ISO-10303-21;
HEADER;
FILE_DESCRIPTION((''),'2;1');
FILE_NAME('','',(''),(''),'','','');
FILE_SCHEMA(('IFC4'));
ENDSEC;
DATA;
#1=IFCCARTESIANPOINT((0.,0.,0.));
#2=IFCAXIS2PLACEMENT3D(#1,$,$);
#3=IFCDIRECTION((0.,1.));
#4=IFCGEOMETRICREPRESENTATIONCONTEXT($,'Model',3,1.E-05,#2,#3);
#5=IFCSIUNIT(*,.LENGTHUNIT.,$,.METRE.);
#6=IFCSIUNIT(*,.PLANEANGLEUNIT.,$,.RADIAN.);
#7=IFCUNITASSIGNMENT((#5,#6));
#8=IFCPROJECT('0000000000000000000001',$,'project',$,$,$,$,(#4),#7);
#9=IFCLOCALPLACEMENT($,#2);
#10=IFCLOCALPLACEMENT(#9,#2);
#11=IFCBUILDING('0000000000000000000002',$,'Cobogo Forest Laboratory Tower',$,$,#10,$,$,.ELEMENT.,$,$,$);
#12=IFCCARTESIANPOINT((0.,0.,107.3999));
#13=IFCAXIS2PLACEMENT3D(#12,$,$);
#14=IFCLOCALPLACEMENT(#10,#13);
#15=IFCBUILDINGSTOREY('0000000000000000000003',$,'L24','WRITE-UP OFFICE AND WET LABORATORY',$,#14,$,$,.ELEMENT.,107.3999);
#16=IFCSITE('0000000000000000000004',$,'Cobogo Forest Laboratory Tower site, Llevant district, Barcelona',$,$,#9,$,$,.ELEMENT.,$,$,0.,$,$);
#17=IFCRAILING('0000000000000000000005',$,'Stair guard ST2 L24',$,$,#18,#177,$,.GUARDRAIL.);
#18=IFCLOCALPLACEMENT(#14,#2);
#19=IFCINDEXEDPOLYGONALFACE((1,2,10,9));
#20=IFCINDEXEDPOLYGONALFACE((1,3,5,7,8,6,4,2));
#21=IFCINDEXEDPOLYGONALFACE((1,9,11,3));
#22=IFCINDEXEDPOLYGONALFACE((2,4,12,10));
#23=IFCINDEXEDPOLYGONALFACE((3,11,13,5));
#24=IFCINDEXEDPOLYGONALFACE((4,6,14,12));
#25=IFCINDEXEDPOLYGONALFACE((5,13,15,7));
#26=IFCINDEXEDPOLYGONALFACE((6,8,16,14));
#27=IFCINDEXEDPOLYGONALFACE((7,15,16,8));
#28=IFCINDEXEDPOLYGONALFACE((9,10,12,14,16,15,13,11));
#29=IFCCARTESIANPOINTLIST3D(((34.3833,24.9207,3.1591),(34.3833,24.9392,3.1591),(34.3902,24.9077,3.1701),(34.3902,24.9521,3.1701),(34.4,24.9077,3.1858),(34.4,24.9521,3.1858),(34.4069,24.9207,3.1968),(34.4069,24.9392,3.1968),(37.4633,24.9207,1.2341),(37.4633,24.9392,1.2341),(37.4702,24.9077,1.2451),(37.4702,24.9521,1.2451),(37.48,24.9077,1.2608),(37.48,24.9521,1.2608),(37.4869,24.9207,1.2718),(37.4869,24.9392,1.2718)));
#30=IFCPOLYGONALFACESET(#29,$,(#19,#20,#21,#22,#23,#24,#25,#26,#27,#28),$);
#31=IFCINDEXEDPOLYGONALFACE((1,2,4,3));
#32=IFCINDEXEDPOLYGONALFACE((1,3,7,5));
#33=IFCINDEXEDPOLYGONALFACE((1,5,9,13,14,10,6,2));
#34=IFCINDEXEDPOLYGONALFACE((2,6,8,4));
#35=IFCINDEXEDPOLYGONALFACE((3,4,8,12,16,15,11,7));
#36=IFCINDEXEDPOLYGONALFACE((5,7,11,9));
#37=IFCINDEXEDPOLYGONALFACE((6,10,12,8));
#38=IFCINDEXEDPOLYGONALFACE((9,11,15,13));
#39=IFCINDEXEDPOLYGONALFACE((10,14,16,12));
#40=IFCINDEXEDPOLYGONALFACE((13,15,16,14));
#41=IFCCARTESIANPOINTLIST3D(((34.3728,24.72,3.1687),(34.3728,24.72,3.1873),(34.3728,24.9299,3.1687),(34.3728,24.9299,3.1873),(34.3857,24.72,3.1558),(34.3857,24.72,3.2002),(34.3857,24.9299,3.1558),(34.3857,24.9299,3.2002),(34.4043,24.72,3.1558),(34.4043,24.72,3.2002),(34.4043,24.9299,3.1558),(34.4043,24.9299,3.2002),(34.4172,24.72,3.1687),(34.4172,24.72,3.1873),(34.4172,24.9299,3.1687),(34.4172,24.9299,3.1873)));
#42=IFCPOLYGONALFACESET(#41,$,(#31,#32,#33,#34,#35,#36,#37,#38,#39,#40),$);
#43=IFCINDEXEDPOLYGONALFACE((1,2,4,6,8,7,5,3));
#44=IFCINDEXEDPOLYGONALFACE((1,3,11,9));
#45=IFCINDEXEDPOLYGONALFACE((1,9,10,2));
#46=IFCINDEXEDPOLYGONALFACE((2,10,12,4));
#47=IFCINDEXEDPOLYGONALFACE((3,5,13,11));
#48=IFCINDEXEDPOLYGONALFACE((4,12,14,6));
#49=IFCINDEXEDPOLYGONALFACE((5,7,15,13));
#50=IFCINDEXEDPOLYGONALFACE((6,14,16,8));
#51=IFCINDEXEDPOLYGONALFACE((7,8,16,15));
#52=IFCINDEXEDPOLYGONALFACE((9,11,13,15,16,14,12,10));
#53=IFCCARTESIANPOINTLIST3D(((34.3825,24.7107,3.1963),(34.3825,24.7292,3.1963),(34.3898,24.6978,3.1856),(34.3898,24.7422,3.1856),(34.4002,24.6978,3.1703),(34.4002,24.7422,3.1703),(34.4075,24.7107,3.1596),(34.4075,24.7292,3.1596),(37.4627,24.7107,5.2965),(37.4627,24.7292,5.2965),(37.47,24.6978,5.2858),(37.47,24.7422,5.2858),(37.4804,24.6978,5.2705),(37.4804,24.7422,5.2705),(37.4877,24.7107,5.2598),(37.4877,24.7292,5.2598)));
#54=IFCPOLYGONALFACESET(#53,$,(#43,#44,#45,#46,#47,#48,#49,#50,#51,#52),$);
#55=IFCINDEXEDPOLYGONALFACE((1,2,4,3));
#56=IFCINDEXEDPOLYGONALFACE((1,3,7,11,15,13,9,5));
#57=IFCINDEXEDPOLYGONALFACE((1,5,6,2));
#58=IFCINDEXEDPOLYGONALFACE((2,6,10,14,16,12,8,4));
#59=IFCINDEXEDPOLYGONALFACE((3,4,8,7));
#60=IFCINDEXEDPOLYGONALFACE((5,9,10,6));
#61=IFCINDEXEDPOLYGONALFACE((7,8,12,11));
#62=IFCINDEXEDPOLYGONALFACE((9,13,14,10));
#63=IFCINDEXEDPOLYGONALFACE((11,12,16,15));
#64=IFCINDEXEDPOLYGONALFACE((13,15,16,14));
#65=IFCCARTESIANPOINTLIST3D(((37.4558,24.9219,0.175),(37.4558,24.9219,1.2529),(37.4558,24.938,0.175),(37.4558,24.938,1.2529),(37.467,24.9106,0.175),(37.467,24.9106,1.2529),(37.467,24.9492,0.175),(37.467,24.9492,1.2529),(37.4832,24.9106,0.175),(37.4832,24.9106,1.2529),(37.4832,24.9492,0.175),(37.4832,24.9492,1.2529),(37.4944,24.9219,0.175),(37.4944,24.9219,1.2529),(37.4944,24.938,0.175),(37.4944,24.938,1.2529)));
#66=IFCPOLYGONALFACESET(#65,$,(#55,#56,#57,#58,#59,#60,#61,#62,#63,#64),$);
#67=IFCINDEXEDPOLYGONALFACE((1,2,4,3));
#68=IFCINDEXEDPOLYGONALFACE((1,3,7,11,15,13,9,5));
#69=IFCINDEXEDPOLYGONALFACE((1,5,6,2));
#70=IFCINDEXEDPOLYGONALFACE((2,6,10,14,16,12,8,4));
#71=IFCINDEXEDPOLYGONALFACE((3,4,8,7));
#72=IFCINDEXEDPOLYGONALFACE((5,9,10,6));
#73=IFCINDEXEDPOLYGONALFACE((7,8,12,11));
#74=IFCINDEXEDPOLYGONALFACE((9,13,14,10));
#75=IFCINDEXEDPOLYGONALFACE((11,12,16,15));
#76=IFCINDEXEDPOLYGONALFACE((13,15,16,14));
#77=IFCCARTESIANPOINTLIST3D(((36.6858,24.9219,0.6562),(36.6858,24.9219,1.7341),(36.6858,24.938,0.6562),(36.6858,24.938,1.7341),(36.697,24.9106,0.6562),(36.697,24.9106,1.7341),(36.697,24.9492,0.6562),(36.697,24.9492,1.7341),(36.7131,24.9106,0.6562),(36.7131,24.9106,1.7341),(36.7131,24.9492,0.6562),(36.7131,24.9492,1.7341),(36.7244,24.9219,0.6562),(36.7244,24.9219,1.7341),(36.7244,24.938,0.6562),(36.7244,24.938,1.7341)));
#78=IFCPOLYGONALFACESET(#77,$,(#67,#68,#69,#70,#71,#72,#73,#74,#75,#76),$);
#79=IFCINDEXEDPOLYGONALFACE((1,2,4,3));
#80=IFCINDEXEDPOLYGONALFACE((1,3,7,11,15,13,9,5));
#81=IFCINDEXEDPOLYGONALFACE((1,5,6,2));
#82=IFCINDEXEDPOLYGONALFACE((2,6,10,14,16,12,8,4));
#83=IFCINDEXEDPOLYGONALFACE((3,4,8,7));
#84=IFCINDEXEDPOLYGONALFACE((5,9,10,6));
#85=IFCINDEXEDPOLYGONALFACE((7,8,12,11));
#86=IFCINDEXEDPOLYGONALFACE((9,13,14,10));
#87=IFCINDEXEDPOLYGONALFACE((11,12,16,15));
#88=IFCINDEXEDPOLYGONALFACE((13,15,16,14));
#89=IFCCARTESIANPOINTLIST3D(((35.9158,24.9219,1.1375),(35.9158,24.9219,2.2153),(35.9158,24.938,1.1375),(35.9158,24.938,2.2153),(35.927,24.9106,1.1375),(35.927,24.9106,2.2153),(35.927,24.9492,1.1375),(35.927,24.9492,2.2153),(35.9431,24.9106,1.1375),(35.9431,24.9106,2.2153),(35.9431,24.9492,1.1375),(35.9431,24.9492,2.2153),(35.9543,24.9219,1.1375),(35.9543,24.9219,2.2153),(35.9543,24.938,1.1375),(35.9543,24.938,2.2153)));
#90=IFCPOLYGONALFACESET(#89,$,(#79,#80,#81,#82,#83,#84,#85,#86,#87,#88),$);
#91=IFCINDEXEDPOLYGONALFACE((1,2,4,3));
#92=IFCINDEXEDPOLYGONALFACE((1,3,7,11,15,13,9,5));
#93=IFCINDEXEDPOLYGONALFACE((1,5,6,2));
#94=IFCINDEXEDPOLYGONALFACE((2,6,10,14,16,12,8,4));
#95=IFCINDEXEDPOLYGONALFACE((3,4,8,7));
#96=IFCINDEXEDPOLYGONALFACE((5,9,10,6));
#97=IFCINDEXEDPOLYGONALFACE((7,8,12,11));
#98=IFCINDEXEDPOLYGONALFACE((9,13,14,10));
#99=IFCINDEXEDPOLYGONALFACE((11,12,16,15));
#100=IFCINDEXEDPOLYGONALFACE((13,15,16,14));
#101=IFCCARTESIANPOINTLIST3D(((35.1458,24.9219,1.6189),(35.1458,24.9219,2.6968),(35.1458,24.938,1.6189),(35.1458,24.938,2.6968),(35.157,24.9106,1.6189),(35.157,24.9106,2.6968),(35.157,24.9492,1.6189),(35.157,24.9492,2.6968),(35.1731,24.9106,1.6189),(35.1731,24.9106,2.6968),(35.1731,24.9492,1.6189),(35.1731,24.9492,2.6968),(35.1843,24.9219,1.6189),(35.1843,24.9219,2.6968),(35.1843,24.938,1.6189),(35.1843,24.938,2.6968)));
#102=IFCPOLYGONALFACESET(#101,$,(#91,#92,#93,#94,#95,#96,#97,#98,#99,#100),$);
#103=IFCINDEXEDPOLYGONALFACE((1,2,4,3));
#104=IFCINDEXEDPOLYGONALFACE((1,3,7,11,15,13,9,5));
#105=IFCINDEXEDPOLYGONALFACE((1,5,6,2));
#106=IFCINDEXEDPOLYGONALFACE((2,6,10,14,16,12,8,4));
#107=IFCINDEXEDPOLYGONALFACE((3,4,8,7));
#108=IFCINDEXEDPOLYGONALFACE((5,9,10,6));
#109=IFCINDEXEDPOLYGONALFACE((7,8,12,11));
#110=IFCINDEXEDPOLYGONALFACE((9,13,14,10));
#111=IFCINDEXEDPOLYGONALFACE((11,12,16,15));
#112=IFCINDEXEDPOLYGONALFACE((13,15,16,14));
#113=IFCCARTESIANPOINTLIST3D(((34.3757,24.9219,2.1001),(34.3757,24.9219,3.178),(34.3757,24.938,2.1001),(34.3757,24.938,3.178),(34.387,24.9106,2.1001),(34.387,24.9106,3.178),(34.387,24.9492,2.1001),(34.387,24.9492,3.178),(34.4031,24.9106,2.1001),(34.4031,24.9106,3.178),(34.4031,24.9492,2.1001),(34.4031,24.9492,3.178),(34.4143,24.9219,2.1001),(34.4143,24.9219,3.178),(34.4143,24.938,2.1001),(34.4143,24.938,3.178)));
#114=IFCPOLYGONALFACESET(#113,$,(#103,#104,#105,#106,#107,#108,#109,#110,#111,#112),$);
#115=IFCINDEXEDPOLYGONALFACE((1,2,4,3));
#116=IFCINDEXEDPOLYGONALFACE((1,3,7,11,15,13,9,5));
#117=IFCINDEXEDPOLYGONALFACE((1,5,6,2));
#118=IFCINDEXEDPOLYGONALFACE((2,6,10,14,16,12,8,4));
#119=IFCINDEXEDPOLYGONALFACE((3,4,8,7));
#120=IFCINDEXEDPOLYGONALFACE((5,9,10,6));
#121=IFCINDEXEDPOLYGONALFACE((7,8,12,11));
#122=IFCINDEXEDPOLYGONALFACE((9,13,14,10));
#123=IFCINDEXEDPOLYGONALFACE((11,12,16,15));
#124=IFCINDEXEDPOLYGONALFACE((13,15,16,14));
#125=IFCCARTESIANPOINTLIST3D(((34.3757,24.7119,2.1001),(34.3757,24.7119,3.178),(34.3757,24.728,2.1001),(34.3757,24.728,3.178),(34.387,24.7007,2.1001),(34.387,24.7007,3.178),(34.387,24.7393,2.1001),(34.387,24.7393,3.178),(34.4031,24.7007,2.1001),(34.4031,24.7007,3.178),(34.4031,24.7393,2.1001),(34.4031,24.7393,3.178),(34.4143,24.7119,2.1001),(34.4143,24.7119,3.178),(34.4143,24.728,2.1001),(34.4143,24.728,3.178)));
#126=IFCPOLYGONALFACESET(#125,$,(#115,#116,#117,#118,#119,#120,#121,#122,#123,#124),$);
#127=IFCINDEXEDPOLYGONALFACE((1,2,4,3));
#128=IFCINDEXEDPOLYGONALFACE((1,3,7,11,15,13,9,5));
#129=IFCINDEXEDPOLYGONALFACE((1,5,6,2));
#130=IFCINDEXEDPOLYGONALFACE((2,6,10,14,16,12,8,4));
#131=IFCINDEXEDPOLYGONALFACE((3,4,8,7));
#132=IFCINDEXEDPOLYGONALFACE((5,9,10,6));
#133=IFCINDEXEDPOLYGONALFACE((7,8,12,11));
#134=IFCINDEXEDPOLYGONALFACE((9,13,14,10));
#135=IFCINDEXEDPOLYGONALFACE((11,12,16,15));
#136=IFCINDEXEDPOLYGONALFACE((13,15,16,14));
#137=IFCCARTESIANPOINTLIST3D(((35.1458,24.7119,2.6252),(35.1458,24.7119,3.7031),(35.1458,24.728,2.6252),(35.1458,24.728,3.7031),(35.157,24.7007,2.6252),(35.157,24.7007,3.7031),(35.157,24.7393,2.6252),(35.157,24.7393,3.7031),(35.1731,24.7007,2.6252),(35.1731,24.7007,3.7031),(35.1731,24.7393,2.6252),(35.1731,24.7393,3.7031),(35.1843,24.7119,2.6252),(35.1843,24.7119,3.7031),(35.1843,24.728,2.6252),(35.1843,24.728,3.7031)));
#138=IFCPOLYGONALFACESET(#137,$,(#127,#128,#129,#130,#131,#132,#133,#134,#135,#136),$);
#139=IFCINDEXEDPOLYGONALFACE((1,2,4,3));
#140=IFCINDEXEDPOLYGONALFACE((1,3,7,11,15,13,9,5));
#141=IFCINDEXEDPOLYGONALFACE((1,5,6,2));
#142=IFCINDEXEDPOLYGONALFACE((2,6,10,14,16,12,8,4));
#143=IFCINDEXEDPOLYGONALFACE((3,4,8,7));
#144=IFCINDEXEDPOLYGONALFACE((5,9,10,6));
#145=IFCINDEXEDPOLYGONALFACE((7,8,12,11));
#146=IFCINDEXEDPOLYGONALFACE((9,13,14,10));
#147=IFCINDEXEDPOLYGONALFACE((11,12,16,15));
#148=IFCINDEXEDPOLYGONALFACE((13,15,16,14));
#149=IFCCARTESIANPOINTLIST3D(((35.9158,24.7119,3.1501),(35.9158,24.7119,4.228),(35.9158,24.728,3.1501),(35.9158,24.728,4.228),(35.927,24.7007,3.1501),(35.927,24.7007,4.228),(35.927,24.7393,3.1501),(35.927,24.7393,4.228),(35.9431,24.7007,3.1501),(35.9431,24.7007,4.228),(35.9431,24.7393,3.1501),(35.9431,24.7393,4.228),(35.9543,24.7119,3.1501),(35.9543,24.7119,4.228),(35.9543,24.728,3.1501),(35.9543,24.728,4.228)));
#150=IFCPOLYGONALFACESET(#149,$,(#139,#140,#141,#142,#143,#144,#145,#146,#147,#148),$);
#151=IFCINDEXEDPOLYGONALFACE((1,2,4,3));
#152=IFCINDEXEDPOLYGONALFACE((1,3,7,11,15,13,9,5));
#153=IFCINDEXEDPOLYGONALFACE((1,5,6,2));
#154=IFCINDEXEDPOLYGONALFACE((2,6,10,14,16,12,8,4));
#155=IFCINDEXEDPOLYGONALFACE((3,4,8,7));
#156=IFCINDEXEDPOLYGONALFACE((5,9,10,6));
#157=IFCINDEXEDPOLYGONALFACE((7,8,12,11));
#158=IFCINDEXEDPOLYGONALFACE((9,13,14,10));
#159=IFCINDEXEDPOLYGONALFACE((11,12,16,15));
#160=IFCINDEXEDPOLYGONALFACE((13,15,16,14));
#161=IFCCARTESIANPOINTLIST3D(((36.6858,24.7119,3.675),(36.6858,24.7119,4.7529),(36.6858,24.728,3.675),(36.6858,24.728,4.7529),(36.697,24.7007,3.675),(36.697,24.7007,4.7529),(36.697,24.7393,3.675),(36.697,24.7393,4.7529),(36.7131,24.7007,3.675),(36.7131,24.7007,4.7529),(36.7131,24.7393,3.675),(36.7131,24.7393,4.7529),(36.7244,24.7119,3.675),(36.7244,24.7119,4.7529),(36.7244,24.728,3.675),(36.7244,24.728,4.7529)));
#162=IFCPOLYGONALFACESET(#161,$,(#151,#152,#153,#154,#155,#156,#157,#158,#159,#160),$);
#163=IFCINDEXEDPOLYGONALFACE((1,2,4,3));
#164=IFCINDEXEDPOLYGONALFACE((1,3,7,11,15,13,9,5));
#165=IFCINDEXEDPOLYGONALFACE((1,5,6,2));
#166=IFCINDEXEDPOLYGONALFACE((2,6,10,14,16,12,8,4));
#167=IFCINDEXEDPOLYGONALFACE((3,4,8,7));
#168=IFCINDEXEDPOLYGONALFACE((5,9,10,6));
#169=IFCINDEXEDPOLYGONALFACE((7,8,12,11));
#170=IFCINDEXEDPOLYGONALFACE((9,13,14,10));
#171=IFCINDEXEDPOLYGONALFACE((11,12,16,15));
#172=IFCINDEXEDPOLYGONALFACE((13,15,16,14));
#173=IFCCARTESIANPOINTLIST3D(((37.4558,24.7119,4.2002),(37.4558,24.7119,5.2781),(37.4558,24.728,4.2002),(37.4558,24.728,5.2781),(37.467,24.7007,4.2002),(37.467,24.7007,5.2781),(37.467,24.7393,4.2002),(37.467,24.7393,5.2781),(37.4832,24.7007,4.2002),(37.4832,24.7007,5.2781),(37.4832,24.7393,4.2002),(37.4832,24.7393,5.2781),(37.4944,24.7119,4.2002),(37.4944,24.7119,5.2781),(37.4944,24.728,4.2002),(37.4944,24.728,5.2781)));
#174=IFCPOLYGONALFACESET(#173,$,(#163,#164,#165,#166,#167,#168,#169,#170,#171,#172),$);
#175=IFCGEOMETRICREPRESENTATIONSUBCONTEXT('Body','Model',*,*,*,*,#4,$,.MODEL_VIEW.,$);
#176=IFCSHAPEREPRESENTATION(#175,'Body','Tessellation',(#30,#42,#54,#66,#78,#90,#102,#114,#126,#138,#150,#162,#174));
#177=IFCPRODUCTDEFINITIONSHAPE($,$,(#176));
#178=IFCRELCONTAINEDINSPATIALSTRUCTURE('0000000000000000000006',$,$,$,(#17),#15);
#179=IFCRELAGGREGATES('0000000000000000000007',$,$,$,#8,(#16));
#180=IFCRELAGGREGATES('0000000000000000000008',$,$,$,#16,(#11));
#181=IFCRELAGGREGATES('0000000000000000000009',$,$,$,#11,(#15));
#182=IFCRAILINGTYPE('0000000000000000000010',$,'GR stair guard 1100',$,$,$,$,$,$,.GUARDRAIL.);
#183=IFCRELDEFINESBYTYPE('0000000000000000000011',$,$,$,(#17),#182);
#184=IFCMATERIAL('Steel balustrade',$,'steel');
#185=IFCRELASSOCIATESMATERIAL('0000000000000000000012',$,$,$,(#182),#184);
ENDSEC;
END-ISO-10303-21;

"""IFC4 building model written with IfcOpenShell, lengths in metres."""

from ifc_helpers import new_model, si_unit, direction, frame, origin, place, context, subcontext, project, spatial, polyline, outline, extrude, material, type_object, element, save


model = new_model("IFC4")

# Units and contexts
model_context = context("Model", 3, precision=1e-05, world=origin(), true_north=direction((0.0, 1.0)))
body_context = subcontext(model_context, "Body", "Model", "MODEL_VIEW")
ifc_project = project(units=[si_unit("LENGTHUNIT", "METRE"), si_unit("PLANEANGLEUNIT", "RADIAN")], contexts=[model_context])

# Site, building, storey
site_placement = place(None, origin())
site = spatial("IfcSite", under=ifc_project, at=site_placement, Name="Cobogo Forest Laboratory Tower site, Llevant district, Barcelona", CompositionType="ELEMENT", RefElevation=0.0)
building_placement = place(site_placement, origin())
building = spatial("IfcBuilding", under=site, at=building_placement, Name="Cobogo Forest Laboratory Tower", CompositionType="ELEMENT")
storey_placement = place(building_placement, frame((0.0, 0.0, 107.3999)))
storey = spatial("IfcBuildingStorey", under=building, at=storey_placement, Name="L24", Description="WRITE-UP OFFICE AND WET LABORATORY", CompositionType="ELEMENT", Elevation=107.3999)

# Railing
ifc_material_1 = material(Name="Steel balustrade", Category="steel")
railing_type_1 = type_object("IfcRailingType", Name="GR stair guard 1100", PredefinedType="GUARDRAIL", material=ifc_material_1)
railing_1_placement = place(storey_placement, frame((37.4751, 24.9299, 0.175)))
element("IfcRailing", 1, at=railing_1_placement, inside=storey, type_object=railing_type_1, Name="Stair guard ST2 L24", PredefinedType="GUARDRAIL", context=body_context, shape_type="SweptSolid", body=[
    extrude(outline(polyline([(0.0222, 0.0093), (0.0093, 0.0222), (-0.0093, 0.0222), (-0.0222, 0.0093), (-0.0222, -0.0093), (-0.0093, -0.0222), (0.0093, -0.0222), (0.0222, -0.0093), (0.0222, 0.0093)])), frame((0.0, 0.0, 1.0779), z_axis=(-0.847998, 0.0, 0.529999), x_axis=(0.0, -1.0, 0.0)), (0.0, 0.0, 1.0), 3.6321),
    extrude(outline(polyline([(0.0222, 0.0093), (0.0093, 0.0222), (-0.0093, 0.0222), (-0.0222, 0.0093), (-0.0222, -0.0093), (-0.0093, -0.0222), (0.0093, -0.0222), (0.0222, -0.0093), (0.0222, 0.0093)])), frame((-3.0801, 0.0, 3.0029), z_axis=(0.0, -1.0, 0.0), x_axis=(1.0, 0.0, 0.0)), (0.0, 0.0, 1.0), 0.21),
    extrude(outline(polyline([(0.0222, 0.0093), (0.0093, 0.0222), (-0.0093, 0.0222), (-0.0222, 0.0093), (-0.0222, -0.0093), (-0.0093, -0.0222), (0.0093, -0.0222), (0.0222, -0.0093), (0.0222, 0.0093)])), frame((-3.0801, -0.21, 3.0029), z_axis=(0.826222, 0.0, 0.563345), x_axis=(0.0, 1.0, 0.0)), (0.0, 0.0, 1.0), 3.728),
    extrude(outline(polyline([(0.0193, 0.0081), (0.0081, 0.0193), (-0.0081, 0.0193), (-0.0193, 0.0081), (-0.0193, -0.0081), (-0.0081, -0.0193), (0.0081, -0.0193), (0.0193, -0.0081), (0.0193, 0.0081)])), origin(), (0.0, 0.0, 1.0), 1.0779),
    extrude(outline(polyline([(0.0193, 0.0081), (0.0081, 0.0193), (-0.0081, 0.0193), (-0.0193, 0.0081), (-0.0193, -0.0081), (-0.0081, -0.0193), (0.0081, -0.0193), (0.0193, -0.0081), (0.0193, 0.0081)])), frame((-0.77, 0.0, 0.4812)), (0.0, 0.0, 1.0), 1.0779),
    extrude(outline(polyline([(0.0193, 0.0081), (0.0081, 0.0193), (-0.0081, 0.0193), (-0.0193, 0.0081), (-0.0193, -0.0081), (-0.0081, -0.0193), (0.0081, -0.0193), (0.0193, -0.0081), (0.0193, 0.0081)])), frame((-1.54, 0.0, 0.9624)), (0.0, 0.0, 1.0), 1.0779),
    extrude(outline(polyline([(0.0193, 0.0081), (0.0081, 0.0193), (-0.0081, 0.0193), (-0.0193, 0.0081), (-0.0193, -0.0081), (-0.0081, -0.0193), (0.0081, -0.0193), (0.0193, -0.0081), (0.0193, 0.0081)])), frame((-2.3101, 0.0, 1.4438)), (0.0, 0.0, 1.0), 1.0779),
    extrude(outline(polyline([(0.0193, 0.0081), (0.0081, 0.0193), (-0.0081, 0.0193), (-0.0193, 0.0081), (-0.0193, -0.0081), (-0.0081, -0.0193), (0.0081, -0.0193), (0.0193, -0.0081), (0.0193, 0.0081)])), frame((-3.0801, 0.0, 1.925)), (0.0, 0.0, 1.0), 1.0779),
    extrude(outline(polyline([(0.0193, 0.0081), (0.0081, 0.0193), (-0.0081, 0.0193), (-0.0193, 0.0081), (-0.0193, -0.0081), (-0.0081, -0.0193), (0.0081, -0.0193), (0.0193, -0.0081), (0.0193, 0.0081)])), frame((-3.0801, -0.21, 1.925)), (0.0, 0.0, 1.0), 1.0779),
    extrude(outline(polyline([(0.0193, 0.0081), (0.0081, 0.0193), (-0.0081, 0.0193), (-0.0193, 0.0081), (-0.0193, -0.0081), (-0.0081, -0.0193), (0.0081, -0.0193), (0.0193, -0.0081), (0.0193, 0.0081)])), frame((-2.3101, -0.21, 2.4502)), (0.0, 0.0, 1.0), 1.0779),
    extrude(outline(polyline([(0.0193, 0.0081), (0.0081, 0.0193), (-0.0081, 0.0193), (-0.0193, 0.0081), (-0.0193, -0.0081), (-0.0081, -0.0193), (0.0081, -0.0193), (0.0193, -0.0081), (0.0193, 0.0081)])), frame((-1.54, -0.21, 2.9751)), (0.0, 0.0, 1.0), 1.0779),
    extrude(outline(polyline([(0.0193, 0.0081), (0.0081, 0.0193), (-0.0081, 0.0193), (-0.0193, 0.0081), (-0.0193, -0.0081), (-0.0081, -0.0193), (0.0081, -0.0193), (0.0193, -0.0081), (0.0193, 0.0081)])), frame((-0.77, -0.21, 3.5)), (0.0, 0.0, 1.0), 1.0779),
    extrude(outline(polyline([(0.0193, 0.0081), (0.0081, 0.0193), (-0.0081, 0.0193), (-0.0193, 0.0081), (-0.0193, -0.0081), (-0.0081, -0.0193), (0.0081, -0.0193), (0.0193, -0.0081), (0.0193, 0.0081)])), frame((0.0, -0.21, 4.0251)), (0.0, 0.0, 1.0), 1.0779),
])

save(model, "model.ifc")
